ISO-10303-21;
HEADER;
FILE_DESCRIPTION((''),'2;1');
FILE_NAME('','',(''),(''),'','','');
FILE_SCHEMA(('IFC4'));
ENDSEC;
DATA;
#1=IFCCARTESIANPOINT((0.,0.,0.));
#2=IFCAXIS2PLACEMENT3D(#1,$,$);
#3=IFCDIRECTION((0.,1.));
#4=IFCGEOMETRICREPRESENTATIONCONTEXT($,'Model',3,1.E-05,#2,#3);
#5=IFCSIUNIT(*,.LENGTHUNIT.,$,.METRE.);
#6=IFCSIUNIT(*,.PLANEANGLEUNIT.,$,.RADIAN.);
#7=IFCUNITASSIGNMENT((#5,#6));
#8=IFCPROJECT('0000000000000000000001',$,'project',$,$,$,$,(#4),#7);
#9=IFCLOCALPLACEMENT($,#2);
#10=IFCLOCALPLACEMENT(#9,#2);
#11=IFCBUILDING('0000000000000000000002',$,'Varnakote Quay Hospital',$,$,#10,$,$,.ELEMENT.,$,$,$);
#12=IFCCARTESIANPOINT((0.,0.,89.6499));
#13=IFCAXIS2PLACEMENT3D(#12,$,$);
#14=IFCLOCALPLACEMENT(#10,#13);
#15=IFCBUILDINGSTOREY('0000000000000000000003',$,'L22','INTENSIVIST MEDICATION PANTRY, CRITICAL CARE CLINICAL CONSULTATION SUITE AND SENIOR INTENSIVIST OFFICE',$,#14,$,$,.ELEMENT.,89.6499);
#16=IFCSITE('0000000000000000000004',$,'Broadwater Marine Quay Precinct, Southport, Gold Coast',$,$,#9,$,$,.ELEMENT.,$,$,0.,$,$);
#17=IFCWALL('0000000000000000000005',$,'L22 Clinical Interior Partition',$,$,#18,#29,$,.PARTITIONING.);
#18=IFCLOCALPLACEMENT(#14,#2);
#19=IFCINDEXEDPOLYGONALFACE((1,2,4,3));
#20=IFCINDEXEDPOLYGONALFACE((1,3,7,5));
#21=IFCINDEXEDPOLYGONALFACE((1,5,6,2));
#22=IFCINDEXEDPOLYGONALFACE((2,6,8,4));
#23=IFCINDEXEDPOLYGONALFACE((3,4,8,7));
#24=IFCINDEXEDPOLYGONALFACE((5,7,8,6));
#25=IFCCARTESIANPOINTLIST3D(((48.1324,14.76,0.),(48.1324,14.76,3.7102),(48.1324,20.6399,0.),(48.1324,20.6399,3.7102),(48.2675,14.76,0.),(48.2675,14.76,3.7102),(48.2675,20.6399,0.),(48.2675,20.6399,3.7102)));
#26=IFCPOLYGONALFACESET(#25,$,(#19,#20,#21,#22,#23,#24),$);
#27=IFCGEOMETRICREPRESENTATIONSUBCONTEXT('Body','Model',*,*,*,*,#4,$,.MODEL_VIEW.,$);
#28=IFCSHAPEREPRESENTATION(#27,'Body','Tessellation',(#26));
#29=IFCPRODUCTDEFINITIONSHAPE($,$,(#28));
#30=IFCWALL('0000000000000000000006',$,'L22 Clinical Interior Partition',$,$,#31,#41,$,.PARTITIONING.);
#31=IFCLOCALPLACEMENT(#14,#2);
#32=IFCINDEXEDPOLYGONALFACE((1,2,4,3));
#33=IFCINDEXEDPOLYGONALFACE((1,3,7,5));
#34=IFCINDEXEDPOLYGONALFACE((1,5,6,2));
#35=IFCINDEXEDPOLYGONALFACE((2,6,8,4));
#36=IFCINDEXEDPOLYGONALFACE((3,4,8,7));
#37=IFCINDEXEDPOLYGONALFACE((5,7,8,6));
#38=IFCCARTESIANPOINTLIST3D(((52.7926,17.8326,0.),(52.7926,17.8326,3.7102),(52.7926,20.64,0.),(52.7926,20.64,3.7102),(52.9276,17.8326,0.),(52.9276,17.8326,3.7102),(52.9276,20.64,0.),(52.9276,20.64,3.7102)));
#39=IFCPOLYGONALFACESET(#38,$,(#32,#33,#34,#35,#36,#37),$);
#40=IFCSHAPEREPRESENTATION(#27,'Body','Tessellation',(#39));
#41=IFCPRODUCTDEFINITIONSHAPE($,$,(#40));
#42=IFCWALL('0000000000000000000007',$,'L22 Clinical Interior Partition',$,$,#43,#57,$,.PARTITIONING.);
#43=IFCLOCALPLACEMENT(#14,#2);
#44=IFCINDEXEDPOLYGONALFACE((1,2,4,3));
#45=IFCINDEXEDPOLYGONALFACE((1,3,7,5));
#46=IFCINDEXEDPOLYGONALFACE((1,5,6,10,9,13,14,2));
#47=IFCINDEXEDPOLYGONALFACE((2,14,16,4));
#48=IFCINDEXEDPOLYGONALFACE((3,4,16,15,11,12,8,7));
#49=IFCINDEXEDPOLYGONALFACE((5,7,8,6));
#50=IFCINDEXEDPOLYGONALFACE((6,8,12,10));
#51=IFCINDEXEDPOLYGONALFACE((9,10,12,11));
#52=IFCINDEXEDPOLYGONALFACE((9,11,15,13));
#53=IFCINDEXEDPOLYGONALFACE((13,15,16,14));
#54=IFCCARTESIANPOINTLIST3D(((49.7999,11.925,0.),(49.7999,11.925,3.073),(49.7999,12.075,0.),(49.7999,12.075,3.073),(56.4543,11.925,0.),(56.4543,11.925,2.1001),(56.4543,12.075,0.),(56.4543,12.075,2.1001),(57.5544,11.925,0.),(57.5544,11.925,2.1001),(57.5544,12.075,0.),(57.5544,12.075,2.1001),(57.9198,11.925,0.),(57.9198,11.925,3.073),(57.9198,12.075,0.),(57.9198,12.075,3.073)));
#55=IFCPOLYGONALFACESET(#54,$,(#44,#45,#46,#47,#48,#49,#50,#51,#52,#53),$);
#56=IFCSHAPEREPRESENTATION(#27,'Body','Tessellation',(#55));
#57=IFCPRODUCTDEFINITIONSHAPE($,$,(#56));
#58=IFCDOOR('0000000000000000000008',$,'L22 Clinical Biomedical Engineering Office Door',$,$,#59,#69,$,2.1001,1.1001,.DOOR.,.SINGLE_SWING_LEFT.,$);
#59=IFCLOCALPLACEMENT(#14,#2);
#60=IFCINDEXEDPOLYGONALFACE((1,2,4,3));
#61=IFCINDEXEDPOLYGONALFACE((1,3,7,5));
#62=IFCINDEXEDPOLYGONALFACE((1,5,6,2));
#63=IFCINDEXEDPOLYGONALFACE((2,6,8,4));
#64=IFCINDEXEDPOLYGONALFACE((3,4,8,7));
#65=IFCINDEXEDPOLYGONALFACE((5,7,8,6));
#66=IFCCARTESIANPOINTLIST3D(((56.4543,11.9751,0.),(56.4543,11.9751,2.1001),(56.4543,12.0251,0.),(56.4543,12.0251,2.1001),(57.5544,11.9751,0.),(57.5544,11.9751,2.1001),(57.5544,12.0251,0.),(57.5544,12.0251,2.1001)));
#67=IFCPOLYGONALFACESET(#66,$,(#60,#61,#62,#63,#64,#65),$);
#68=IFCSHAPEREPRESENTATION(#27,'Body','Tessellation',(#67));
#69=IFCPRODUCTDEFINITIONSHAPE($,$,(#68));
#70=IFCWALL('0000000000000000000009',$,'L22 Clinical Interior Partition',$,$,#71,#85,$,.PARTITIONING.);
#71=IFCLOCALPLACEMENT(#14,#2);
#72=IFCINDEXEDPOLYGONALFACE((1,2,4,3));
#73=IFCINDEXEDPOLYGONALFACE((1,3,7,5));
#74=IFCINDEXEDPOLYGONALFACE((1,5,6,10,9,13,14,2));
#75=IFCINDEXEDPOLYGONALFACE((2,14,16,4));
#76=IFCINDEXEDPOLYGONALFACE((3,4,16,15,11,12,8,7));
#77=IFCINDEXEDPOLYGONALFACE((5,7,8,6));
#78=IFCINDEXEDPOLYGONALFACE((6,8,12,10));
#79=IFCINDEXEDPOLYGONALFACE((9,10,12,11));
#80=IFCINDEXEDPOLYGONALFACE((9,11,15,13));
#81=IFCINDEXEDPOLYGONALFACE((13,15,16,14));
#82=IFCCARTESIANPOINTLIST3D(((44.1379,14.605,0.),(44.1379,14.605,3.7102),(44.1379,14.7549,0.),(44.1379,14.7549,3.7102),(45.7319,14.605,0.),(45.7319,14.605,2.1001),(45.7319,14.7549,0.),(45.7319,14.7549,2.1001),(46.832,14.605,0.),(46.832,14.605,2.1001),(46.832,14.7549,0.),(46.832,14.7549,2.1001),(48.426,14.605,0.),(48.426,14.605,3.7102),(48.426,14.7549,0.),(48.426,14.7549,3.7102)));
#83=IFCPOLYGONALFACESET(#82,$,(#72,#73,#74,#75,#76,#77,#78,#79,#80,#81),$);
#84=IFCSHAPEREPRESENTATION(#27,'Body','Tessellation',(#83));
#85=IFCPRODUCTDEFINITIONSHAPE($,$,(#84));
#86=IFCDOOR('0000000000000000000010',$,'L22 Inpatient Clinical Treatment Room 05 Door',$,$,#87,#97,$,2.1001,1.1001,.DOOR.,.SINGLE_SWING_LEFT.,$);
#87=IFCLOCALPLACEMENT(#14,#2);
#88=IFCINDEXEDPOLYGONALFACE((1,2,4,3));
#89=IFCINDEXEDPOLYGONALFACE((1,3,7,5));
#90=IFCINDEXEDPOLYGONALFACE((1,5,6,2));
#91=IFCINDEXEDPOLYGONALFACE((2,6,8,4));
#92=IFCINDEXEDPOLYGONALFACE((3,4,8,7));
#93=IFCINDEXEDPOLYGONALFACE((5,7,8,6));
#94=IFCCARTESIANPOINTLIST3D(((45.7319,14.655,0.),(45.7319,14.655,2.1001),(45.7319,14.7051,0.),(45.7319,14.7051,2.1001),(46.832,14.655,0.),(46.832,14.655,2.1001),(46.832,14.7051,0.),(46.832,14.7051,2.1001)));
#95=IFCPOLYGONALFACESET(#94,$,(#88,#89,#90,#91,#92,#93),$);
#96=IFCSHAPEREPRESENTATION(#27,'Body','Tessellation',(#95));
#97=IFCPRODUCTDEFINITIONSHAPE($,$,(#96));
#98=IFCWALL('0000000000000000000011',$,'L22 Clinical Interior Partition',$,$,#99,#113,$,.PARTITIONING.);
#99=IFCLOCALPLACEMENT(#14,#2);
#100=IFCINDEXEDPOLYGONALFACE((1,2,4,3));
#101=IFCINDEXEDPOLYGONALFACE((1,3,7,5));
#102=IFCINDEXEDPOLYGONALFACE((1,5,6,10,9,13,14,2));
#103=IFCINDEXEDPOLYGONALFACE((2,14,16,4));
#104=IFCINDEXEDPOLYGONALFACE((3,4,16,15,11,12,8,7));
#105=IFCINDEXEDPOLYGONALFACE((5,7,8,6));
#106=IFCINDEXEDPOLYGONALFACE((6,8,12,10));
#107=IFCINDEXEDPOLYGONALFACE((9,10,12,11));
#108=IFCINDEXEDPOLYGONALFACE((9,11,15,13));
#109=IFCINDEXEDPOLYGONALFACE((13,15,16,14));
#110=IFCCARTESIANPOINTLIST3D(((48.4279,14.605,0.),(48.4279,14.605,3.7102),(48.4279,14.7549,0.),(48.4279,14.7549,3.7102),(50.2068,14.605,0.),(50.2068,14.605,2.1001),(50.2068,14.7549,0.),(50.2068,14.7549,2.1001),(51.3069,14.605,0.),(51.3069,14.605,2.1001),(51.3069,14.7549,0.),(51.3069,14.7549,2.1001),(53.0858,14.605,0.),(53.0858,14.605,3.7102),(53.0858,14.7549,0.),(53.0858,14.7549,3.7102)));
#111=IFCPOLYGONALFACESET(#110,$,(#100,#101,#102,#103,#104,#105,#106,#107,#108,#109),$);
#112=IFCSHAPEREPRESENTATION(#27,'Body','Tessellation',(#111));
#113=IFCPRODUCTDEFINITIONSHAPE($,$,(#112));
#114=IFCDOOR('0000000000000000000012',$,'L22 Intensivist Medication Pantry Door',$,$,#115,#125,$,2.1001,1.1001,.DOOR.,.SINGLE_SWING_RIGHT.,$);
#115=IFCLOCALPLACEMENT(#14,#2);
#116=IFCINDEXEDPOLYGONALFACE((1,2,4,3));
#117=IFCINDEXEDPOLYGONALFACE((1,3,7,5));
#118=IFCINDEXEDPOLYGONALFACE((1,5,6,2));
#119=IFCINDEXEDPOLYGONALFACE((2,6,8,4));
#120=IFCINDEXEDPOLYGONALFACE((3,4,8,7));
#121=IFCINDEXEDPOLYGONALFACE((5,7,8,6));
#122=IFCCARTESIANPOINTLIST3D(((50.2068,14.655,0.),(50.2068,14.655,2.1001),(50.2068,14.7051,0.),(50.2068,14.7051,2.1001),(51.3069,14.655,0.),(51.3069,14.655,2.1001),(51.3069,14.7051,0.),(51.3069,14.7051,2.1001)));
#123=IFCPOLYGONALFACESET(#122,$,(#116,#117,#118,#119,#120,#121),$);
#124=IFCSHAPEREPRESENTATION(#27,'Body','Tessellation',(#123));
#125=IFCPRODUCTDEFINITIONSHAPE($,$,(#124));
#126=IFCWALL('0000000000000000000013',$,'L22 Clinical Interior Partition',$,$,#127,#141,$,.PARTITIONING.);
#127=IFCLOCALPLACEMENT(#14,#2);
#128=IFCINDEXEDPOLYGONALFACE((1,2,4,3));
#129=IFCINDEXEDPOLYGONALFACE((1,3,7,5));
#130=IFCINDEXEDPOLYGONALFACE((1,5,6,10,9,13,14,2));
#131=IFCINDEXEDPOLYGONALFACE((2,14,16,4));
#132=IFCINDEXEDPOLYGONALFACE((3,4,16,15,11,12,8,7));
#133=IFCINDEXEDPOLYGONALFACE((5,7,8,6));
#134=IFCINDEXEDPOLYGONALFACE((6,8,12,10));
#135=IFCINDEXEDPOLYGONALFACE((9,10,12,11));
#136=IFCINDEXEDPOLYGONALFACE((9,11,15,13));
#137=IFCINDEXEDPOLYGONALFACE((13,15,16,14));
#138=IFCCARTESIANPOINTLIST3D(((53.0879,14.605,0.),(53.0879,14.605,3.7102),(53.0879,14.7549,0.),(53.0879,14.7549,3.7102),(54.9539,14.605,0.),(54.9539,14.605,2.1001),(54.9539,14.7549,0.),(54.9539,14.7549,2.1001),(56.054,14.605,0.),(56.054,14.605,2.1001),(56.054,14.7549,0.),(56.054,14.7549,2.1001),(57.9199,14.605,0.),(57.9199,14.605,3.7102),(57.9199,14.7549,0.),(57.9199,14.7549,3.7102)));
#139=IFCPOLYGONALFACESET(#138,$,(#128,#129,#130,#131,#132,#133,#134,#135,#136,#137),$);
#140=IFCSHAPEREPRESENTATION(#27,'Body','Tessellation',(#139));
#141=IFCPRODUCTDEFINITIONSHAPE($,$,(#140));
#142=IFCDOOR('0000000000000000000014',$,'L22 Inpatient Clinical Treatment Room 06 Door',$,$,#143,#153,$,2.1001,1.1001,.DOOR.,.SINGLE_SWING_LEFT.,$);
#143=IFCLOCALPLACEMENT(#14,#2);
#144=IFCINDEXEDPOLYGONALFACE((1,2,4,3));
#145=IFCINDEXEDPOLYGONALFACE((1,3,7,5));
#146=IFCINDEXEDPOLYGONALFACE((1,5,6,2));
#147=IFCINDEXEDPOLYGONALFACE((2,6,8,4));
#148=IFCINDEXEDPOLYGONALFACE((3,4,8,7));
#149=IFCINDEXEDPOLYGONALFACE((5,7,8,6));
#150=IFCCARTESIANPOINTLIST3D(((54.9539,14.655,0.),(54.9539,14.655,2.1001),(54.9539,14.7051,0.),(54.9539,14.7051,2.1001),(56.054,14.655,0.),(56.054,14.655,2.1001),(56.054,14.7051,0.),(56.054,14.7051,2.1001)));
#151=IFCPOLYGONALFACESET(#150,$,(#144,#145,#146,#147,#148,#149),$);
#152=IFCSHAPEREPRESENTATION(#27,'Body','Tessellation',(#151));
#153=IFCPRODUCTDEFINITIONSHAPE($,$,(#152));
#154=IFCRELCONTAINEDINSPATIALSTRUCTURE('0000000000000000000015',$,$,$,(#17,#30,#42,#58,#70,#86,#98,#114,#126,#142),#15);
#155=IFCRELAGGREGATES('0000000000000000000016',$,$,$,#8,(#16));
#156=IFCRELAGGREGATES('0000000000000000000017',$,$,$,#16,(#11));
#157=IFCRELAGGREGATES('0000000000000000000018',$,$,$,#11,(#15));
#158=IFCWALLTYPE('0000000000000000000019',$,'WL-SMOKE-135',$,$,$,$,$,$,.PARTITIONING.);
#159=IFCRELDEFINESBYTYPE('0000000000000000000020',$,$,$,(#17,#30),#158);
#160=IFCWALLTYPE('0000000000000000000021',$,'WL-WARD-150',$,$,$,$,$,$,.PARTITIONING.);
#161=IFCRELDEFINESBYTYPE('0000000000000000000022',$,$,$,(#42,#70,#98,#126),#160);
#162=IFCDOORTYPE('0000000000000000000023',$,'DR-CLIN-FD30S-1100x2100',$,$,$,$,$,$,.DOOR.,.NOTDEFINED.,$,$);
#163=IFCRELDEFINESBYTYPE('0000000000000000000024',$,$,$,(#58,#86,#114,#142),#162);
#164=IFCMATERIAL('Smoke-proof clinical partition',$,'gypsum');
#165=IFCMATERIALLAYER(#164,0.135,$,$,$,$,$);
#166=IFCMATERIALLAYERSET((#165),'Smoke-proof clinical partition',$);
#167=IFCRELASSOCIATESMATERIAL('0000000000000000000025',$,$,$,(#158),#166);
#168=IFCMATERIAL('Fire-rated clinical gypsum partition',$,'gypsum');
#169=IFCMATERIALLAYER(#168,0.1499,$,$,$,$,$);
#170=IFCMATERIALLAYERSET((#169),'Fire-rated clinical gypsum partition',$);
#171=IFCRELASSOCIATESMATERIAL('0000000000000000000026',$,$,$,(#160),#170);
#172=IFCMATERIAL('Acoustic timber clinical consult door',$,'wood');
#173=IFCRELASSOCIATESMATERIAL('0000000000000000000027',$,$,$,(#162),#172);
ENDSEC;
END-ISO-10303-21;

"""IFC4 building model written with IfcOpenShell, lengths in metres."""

from ifc_helpers import new_model, si_unit, direction, frame, frame_2d, origin, place, context, subcontext, project, spatial, rectangle, extrude, material, layer, layer_set, type_object, element, fill, save


model = new_model("IFC4")

# Units and contexts
model_context = context("Model", 3, precision=1e-05, world=origin(), true_north=direction((0.0, 1.0)))
body_context = subcontext(model_context, "Body", "Model", "MODEL_VIEW")
ifc_project = project(units=[si_unit("LENGTHUNIT", "METRE"), si_unit("PLANEANGLEUNIT", "RADIAN")], contexts=[model_context])

# Site, building, storey
site_placement = place(None, origin())
site = spatial("IfcSite", under=ifc_project, at=site_placement, Name="Broadwater Marine Quay Precinct, Southport, Gold Coast", CompositionType="ELEMENT", RefElevation=0.0)
building_placement = place(site_placement, origin())
building = spatial("IfcBuilding", under=site, at=building_placement, Name="Varnakote Quay Hospital", CompositionType="ELEMENT")
storey_placement = place(building_placement, frame((0.0, 0.0, 89.6499)))
storey = spatial("IfcBuildingStorey", under=building, at=storey_placement, Name="L22", Description="INTENSIVIST MEDICATION PANTRY, CRITICAL CARE CLINICAL CONSULTATION SUITE AND SENIOR INTENSIVIST OFFICE", CompositionType="ELEMENT", Elevation=89.6499)

# Walls
ifc_material_1 = material(Name="Smoke-proof clinical partition", Category="gypsum")
ifc_layer_1 = layer(ifc_material_1, 0.135)
ifc_layer_set_1 = layer_set([ifc_layer_1], Name="Smoke-proof clinical partition")
wall_type_1 = type_object("IfcWallType", Name="WL-SMOKE-135", PredefinedType="PARTITIONING", material=ifc_layer_set_1)
wall_1_placement = place(storey_placement, frame((48.2, 14.76, 0.0), z_axis=(0.0, 0.0, 1.0), x_axis=(0.0, 1.0, 0.0)))
element("IfcWall", 1, at=wall_1_placement, inside=storey, type_object=wall_type_1, Name="L22 Clinical Interior Partition", PredefinedType="PARTITIONING", context=body_context, shape_type="SweptSolid", body=[
    extrude(rectangle(XDim=5.8799, YDim=0.135, at=frame_2d((2.9399, 0.0))), origin(), (0.0, 0.0, 1.0), 3.7102),
])
wall_2_placement = place(storey_placement, frame((52.8601, 17.8325, 0.0), z_axis=(0.0, 0.0, 1.0), x_axis=(0.0, 1.0, 0.0)))
element("IfcWall", 2, at=wall_2_placement, inside=storey, type_object=wall_type_1, Name="L22 Clinical Interior Partition", PredefinedType="PARTITIONING", context=body_context, shape_type="SweptSolid", body=[
    extrude(rectangle(XDim=2.8074, YDim=0.135, at=frame_2d((1.4038, 0.0))), origin(), (0.0, 0.0, 1.0), 3.7102),
])

# Walls, openings, doors
ifc_material_2 = material(Name="Fire-rated clinical gypsum partition", Category="gypsum")
ifc_layer_2 = layer(ifc_material_2, 0.1499)
ifc_layer_set_2 = layer_set([ifc_layer_2], Name="Fire-rated clinical gypsum partition")
wall_type_2 = type_object("IfcWallType", Name="WL-WARD-150", PredefinedType="PARTITIONING", material=ifc_layer_set_2)
wall_3_placement = place(storey_placement, frame((57.9199, 12.0, 0.0), z_axis=(0.0, 0.0, 1.0), x_axis=(-1.0, 0.0, 0.0)))
wall_3 = element("IfcWall", 3, at=wall_3_placement, inside=storey, type_object=wall_type_2, Name="L22 Clinical Interior Partition", PredefinedType="PARTITIONING", context=body_context, shape_type="SweptSolid", body=[
    extrude(rectangle(XDim=8.1199, YDim=0.1499, at=frame_2d((4.0601, 0.0))), origin(), (0.0, 0.0, 1.0), 3.073),
])
opening_1_placement = place(wall_3_placement, frame((0.3655, 0.0, 0.0)))
opening_1 = element("IfcOpeningElement", 4, at=opening_1_placement, cuts=wall_3, PredefinedType="OPENING", context=body_context, shape_type="SweptSolid", body=[
    extrude(rectangle(XDim=1.1001, YDim=2.1001, at=frame_2d((0.55, 1.05))), frame((0.0, 0.085, 0.0), z_axis=(0.0, -1.0, 0.0), x_axis=(1.0, 0.0, 0.0)), (0.0, 0.0, 1.0), 0.1699),
])
ifc_material_3 = material(Name="Acoustic timber clinical consult door", Category="wood")
door_type_1 = type_object("IfcDoorType", Name="DR-CLIN-FD30S-1100x2100", OperationType="NOTDEFINED", PredefinedType="DOOR", material=ifc_material_3)
door_1_placement = place(opening_1_placement, origin())
door_1 = element("IfcDoor", 5, at=door_1_placement, inside=storey, type_object=door_type_1, Name="L22 Clinical Biomedical Engineering Office Door", OperationType="SINGLE_SWING_LEFT", OverallHeight=2.1001, OverallWidth=1.1001, PredefinedType="DOOR", context=body_context, shape_type="SweptSolid", body=[
    extrude(rectangle(XDim=1.1001, YDim=2.1001, at=frame_2d((0.55, 1.05))), frame((0.0, 0.0249, 0.0), z_axis=(0.0, -1.0, 0.0), x_axis=(1.0, 0.0, 0.0)), (0.0, 0.0, 1.0), 0.05),
])
fill(opening_1, door_1)
wall_4_placement = place(storey_placement, frame((48.426, 14.6799, 0.0), z_axis=(0.0, 0.0, 1.0), x_axis=(-1.0, 0.0, 0.0)))
wall_4 = element("IfcWall", 6, at=wall_4_placement, inside=storey, type_object=wall_type_2, Name="L22 Clinical Interior Partition", PredefinedType="PARTITIONING", context=body_context, shape_type="SweptSolid", body=[
    extrude(rectangle(XDim=4.2881, YDim=0.1499, at=frame_2d((2.144, 0.0))), origin(), (0.0, 0.0, 1.0), 3.7102),
])
opening_2_placement = place(wall_4_placement, frame((1.594, 0.0, 0.0)))
opening_2 = element("IfcOpeningElement", 7, at=opening_2_placement, cuts=wall_4, PredefinedType="OPENING", context=body_context, shape_type="SweptSolid", body=[
    extrude(rectangle(XDim=1.1001, YDim=2.1001, at=frame_2d((0.55, 1.05))), frame((0.0, 0.085, 0.0), z_axis=(0.0, -1.0, 0.0), x_axis=(1.0, 0.0, 0.0)), (0.0, 0.0, 1.0), 0.1699),
])
door_2_placement = place(opening_2_placement, origin())
door_2 = element("IfcDoor", 8, at=door_2_placement, inside=storey, type_object=door_type_1, Name="L22 Inpatient Clinical Treatment Room 05 Door", OperationType="SINGLE_SWING_LEFT", OverallHeight=2.1001, OverallWidth=1.1001, PredefinedType="DOOR", context=body_context, shape_type="SweptSolid", body=[
    extrude(rectangle(XDim=1.1001, YDim=2.1001, at=frame_2d((0.55, 1.05))), frame((0.0, 0.0249, 0.0), z_axis=(0.0, -1.0, 0.0), x_axis=(1.0, 0.0, 0.0)), (0.0, 0.0, 1.0), 0.05),
])
fill(opening_2, door_2)
wall_5_placement = place(storey_placement, frame((53.0859, 14.6799, 0.0), z_axis=(0.0, 0.0, 1.0), x_axis=(-1.0, 0.0, 0.0)))
wall_5 = element("IfcWall", 9, at=wall_5_placement, inside=storey, type_object=wall_type_2, Name="L22 Clinical Interior Partition", PredefinedType="PARTITIONING", context=body_context, shape_type="SweptSolid", body=[
    extrude(rectangle(XDim=4.658, YDim=0.1499, at=frame_2d((2.3291, 0.0))), origin(), (0.0, 0.0, 1.0), 3.7102),
])
opening_3_placement = place(wall_5_placement, frame((1.7791, 0.0, 0.0)))
opening_3 = element("IfcOpeningElement", 10, at=opening_3_placement, cuts=wall_5, PredefinedType="OPENING", context=body_context, shape_type="SweptSolid", body=[
    extrude(rectangle(XDim=1.1001, YDim=2.1001, at=frame_2d((0.55, 1.05))), frame((0.0, 0.085, 0.0), z_axis=(0.0, -1.0, 0.0), x_axis=(1.0, 0.0, 0.0)), (0.0, 0.0, 1.0), 0.1699),
])
door_3_placement = place(opening_3_placement, origin())
door_3 = element("IfcDoor", 11, at=door_3_placement, inside=storey, type_object=door_type_1, Name="L22 Intensivist Medication Pantry Door", OperationType="SINGLE_SWING_RIGHT", OverallHeight=2.1001, OverallWidth=1.1001, PredefinedType="DOOR", context=body_context, shape_type="SweptSolid", body=[
    extrude(rectangle(XDim=1.1001, YDim=2.1001, at=frame_2d((0.55, 1.05))), frame((0.0, 0.0249, 0.0), z_axis=(0.0, -1.0, 0.0), x_axis=(1.0, 0.0, 0.0)), (0.0, 0.0, 1.0), 0.05),
])
fill(opening_3, door_3)
wall_6_placement = place(storey_placement, frame((57.9199, 14.6799, 0.0), z_axis=(0.0, 0.0, 1.0), x_axis=(-1.0, 0.0, 0.0)))
wall_6 = element("IfcWall", 12, at=wall_6_placement, inside=storey, type_object=wall_type_2, Name="L22 Clinical Interior Partition", PredefinedType="PARTITIONING", context=body_context, shape_type="SweptSolid", body=[
    extrude(rectangle(XDim=4.832, YDim=0.1499, at=frame_2d((2.416, 0.0))), origin(), (0.0, 0.0, 1.0), 3.7102),
])
opening_4_placement = place(wall_6_placement, frame((1.866, 0.0, 0.0)))
opening_4 = element("IfcOpeningElement", 13, at=opening_4_placement, cuts=wall_6, PredefinedType="OPENING", context=body_context, shape_type="SweptSolid", body=[
    extrude(rectangle(XDim=1.1001, YDim=2.1001, at=frame_2d((0.55, 1.05))), frame((0.0, 0.085, 0.0), z_axis=(0.0, -1.0, 0.0), x_axis=(1.0, 0.0, 0.0)), (0.0, 0.0, 1.0), 0.1699),
])
door_4_placement = place(opening_4_placement, origin())
door_4 = element("IfcDoor", 14, at=door_4_placement, inside=storey, type_object=door_type_1, Name="L22 Inpatient Clinical Treatment Room 06 Door", OperationType="SINGLE_SWING_LEFT", OverallHeight=2.1001, OverallWidth=1.1001, PredefinedType="DOOR", context=body_context, shape_type="SweptSolid", body=[
    extrude(rectangle(XDim=1.1001, YDim=2.1001, at=frame_2d((0.55, 1.05))), frame((0.0, 0.0249, 0.0), z_axis=(0.0, -1.0, 0.0), x_axis=(1.0, 0.0, 0.0)), (0.0, 0.0, 1.0), 0.05),
])
fill(opening_4, door_4)

save(model, "model.ifc")
